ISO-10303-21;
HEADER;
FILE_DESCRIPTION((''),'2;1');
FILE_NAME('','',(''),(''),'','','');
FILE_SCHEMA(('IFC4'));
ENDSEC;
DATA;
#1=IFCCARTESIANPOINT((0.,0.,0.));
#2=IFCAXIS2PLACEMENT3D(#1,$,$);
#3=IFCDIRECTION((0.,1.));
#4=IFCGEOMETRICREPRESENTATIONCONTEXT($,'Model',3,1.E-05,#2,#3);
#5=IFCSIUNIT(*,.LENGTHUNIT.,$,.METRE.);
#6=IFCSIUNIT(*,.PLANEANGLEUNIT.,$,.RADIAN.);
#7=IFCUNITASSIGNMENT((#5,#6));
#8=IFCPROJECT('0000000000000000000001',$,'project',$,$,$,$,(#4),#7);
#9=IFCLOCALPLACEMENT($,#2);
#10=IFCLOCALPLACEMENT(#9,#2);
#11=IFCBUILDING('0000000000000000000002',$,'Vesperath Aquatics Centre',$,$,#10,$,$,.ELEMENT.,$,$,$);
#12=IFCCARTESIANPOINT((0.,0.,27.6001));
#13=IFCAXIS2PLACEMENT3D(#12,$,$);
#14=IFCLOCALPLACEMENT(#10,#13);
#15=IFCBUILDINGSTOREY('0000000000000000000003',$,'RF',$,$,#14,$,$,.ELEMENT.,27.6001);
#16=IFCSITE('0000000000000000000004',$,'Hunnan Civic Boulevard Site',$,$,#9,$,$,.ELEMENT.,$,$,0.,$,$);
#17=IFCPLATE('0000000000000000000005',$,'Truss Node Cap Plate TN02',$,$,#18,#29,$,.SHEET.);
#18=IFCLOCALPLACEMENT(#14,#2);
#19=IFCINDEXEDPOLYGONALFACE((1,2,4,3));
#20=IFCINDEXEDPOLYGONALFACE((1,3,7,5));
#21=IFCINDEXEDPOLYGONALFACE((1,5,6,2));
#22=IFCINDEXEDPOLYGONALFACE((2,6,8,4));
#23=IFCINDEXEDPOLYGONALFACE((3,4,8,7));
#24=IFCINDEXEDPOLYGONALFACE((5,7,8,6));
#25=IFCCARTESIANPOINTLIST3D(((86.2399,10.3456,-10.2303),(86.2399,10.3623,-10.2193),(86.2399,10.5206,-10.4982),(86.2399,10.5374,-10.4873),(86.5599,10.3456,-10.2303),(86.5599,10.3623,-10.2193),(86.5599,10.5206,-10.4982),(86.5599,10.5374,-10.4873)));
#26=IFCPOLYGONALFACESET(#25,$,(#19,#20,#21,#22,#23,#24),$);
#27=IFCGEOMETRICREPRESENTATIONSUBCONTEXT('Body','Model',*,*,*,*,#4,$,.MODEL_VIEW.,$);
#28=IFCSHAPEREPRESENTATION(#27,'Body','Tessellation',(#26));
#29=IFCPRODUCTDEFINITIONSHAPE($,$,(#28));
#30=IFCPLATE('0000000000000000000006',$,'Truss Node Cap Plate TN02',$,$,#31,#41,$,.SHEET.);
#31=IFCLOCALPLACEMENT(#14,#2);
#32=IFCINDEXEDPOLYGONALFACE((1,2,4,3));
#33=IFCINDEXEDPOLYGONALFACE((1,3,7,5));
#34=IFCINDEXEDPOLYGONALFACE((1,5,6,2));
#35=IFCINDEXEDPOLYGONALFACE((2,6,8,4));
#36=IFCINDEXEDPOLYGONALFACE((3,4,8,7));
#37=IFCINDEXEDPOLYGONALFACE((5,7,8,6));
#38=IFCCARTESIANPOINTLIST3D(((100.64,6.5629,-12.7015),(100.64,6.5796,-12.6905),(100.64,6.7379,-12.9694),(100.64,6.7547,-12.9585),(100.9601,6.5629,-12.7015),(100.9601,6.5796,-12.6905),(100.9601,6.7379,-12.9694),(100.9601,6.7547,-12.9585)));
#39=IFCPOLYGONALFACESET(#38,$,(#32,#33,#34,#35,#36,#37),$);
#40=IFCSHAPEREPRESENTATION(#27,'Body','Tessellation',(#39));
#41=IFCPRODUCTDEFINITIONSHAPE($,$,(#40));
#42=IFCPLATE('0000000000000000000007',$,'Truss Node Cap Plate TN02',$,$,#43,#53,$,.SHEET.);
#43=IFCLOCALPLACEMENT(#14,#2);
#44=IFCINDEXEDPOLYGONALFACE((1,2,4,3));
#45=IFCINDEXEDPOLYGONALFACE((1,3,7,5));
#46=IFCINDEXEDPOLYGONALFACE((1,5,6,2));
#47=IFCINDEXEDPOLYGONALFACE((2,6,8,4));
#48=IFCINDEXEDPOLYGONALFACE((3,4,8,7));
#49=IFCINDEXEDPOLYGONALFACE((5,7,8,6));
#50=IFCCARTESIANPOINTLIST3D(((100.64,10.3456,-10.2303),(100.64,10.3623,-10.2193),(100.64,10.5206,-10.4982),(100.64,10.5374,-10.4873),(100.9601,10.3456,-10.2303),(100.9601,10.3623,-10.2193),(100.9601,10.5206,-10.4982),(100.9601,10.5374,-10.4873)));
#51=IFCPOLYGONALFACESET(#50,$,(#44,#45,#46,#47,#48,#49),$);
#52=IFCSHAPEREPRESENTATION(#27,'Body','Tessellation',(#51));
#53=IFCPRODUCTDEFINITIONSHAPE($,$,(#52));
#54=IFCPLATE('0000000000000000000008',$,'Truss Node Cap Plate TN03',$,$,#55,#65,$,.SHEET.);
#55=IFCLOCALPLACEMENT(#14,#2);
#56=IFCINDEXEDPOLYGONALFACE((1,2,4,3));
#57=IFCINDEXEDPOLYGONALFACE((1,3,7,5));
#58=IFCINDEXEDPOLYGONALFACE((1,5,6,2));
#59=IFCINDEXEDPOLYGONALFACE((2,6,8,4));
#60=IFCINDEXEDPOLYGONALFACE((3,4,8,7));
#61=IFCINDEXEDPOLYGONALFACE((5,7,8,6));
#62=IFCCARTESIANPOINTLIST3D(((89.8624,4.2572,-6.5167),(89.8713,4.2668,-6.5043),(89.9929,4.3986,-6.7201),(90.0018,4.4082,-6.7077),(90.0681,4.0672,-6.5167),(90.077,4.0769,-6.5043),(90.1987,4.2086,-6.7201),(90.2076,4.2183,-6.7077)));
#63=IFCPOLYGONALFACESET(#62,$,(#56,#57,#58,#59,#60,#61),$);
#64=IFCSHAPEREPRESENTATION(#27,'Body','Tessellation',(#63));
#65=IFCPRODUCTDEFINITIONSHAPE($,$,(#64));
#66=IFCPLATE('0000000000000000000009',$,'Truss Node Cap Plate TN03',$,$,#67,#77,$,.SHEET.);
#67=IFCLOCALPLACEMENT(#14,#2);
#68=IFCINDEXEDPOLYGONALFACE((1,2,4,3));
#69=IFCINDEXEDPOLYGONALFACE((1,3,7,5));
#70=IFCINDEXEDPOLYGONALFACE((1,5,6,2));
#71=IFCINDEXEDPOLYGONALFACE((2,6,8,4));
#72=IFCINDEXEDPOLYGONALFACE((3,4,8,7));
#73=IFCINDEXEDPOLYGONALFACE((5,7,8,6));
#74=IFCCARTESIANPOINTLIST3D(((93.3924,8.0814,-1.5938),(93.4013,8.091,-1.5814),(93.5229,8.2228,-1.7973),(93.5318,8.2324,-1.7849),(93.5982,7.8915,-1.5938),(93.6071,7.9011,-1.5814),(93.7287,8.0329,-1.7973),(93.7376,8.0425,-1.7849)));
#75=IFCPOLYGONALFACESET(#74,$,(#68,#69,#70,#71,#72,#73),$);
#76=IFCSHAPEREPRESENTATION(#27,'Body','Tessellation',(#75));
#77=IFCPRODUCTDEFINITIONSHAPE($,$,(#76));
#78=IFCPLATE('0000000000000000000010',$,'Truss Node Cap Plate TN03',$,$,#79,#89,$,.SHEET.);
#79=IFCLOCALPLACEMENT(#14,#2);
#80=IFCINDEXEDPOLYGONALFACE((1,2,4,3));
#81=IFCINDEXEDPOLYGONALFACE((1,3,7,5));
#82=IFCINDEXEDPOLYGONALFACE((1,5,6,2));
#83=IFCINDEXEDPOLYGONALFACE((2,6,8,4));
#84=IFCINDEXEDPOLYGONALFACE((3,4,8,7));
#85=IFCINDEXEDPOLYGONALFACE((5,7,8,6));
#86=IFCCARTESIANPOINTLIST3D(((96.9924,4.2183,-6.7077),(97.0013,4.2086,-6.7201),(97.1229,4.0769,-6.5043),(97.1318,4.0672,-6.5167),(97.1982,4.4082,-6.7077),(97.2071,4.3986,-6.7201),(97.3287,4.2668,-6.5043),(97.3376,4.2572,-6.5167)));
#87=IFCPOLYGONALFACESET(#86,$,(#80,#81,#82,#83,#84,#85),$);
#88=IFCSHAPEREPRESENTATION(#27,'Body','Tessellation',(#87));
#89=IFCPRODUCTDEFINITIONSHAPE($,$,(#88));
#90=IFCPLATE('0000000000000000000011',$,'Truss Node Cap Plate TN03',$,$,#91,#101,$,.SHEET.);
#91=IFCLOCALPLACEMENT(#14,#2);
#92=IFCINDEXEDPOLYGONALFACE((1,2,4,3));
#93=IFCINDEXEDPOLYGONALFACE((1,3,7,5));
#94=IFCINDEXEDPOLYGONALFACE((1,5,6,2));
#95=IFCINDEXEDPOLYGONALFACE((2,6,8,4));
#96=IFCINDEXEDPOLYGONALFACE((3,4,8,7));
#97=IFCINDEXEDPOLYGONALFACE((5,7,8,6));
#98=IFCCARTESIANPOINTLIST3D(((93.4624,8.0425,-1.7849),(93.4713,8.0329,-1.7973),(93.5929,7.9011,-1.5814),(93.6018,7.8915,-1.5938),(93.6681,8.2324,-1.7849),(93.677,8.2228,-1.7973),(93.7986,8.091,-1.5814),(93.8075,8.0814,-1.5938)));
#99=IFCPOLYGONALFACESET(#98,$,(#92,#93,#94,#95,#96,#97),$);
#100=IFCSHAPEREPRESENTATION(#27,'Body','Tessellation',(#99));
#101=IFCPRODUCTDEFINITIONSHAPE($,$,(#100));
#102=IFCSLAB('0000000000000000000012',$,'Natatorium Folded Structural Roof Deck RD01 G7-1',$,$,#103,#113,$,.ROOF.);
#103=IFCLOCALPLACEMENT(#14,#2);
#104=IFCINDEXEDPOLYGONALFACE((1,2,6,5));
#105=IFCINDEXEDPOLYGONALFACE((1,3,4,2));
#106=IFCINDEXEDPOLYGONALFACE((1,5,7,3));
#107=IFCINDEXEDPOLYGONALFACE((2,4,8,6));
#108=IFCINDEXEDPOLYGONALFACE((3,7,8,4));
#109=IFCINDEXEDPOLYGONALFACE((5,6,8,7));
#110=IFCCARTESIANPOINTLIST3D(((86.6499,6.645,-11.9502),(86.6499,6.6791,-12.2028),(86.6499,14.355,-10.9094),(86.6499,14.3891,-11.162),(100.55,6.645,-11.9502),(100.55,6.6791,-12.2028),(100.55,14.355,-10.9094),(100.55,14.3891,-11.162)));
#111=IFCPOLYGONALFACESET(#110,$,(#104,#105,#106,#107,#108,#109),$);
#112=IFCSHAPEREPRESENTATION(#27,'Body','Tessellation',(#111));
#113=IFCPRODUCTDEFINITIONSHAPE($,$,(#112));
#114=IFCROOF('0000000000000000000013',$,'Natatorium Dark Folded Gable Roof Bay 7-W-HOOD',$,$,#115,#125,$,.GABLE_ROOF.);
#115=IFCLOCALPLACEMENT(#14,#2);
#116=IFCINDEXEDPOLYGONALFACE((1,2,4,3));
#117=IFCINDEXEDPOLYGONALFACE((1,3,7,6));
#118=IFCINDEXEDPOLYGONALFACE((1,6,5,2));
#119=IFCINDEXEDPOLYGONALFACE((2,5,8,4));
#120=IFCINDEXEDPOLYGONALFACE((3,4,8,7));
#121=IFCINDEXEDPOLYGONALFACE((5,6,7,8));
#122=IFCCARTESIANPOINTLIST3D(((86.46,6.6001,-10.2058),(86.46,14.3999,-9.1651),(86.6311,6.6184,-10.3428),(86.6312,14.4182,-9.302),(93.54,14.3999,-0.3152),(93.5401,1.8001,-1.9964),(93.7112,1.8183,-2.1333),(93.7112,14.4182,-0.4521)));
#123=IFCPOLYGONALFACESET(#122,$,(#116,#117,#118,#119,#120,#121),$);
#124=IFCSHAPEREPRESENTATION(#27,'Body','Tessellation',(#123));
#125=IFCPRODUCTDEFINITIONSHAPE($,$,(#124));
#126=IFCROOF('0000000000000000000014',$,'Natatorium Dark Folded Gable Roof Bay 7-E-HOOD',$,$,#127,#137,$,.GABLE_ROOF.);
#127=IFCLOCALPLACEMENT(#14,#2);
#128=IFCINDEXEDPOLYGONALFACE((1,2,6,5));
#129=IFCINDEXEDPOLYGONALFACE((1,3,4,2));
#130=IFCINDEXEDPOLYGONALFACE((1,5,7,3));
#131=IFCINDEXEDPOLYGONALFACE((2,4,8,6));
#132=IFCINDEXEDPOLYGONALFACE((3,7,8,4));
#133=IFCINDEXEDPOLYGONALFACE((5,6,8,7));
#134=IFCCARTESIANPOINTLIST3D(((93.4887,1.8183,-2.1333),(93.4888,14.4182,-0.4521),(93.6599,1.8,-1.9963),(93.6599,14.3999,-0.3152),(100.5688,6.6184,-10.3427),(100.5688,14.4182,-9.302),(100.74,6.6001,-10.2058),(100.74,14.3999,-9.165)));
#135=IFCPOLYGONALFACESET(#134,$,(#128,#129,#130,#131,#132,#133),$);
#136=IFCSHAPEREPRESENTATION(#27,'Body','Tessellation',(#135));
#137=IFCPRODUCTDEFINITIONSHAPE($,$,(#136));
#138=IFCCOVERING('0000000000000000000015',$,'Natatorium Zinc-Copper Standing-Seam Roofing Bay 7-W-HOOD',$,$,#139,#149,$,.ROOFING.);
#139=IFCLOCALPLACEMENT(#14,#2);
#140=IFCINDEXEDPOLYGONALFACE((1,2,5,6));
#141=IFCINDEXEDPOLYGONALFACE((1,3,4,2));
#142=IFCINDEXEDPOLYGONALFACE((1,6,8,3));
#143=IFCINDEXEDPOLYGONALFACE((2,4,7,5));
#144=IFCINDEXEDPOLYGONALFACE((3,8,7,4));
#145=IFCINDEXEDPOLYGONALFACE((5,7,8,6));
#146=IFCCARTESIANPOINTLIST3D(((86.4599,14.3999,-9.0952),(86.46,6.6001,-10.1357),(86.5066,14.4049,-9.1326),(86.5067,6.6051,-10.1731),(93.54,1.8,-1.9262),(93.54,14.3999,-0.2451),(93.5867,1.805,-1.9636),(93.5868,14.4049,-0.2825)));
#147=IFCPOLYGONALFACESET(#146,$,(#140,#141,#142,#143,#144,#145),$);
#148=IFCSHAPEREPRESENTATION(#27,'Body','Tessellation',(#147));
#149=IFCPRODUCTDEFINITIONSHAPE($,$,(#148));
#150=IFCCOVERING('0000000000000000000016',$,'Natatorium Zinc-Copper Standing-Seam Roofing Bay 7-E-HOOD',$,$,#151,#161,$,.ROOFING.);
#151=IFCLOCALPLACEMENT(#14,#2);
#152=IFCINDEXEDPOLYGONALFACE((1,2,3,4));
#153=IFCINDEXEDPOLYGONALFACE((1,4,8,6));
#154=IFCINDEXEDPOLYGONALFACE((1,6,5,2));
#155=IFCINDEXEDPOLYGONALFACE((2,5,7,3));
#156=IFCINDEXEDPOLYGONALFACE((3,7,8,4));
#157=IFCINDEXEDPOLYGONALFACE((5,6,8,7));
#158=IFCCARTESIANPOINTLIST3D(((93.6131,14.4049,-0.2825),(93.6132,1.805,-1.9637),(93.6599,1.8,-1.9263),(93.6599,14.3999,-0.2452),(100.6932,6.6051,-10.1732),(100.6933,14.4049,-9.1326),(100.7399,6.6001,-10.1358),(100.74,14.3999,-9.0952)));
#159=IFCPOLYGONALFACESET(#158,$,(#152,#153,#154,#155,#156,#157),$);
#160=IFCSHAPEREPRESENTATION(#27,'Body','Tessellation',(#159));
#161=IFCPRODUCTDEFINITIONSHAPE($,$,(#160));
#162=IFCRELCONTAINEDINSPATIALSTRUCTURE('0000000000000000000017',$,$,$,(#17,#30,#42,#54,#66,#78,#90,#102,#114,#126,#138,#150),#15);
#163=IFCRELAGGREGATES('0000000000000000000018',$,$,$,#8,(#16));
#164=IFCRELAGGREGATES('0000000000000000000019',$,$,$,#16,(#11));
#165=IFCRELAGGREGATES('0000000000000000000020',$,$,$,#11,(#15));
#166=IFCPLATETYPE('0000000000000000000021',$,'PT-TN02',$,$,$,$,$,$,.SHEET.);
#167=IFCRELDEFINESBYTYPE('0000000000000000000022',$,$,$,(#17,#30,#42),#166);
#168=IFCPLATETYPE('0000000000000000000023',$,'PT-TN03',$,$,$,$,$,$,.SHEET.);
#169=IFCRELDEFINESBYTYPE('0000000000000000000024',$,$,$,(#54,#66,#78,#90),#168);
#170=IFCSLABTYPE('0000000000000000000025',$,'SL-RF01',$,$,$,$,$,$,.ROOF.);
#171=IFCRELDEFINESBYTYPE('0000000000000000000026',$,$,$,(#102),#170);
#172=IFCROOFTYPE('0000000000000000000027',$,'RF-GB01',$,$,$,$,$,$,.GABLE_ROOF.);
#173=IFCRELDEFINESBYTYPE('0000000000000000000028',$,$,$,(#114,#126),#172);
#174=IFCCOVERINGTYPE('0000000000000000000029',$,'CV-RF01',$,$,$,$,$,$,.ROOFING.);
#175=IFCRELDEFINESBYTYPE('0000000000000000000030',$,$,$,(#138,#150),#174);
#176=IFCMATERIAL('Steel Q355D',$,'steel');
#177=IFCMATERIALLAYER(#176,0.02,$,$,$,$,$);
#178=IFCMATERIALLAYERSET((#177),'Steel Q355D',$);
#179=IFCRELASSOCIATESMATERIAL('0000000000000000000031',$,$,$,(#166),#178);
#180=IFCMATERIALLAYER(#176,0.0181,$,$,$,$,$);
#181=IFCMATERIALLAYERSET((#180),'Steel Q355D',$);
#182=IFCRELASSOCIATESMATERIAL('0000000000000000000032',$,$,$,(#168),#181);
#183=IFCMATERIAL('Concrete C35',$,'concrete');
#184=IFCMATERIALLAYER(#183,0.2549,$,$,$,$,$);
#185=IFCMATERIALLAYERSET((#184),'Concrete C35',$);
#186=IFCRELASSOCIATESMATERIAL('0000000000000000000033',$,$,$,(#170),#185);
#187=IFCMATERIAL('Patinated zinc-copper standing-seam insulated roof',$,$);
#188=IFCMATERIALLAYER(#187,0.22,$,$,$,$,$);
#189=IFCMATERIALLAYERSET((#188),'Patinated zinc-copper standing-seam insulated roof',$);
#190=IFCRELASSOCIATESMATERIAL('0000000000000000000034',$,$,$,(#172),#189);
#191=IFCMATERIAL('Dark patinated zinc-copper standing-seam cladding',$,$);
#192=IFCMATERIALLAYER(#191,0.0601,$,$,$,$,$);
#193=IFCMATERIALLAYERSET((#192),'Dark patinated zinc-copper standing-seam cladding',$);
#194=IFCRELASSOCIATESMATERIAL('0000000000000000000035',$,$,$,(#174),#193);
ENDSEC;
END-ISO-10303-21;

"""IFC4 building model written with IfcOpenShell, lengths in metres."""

from ifc_helpers import new_model, si_unit, direction, frame, origin, origin_2d, place, context, subcontext, project, spatial, polyline, rectangle, outline, extrude, material, layer, layer_set, type_object, element, save


model = new_model("IFC4")

# Units and contexts
model_context = context("Model", 3, precision=1e-05, world=origin(), true_north=direction((0.0, 1.0)))
body_context = subcontext(model_context, "Body", "Model", "MODEL_VIEW")
ifc_project = project(units=[si_unit("LENGTHUNIT", "METRE"), si_unit("PLANEANGLEUNIT", "RADIAN")], contexts=[model_context])

# Site, building, storey
site_placement = place(None, origin())
site = spatial("IfcSite", under=ifc_project, at=site_placement, Name="Hunnan Civic Boulevard Site", CompositionType="ELEMENT", RefElevation=0.0)
building_placement = place(site_placement, origin())
building = spatial("IfcBuilding", under=site, at=building_placement, Name="Vesperath Aquatics Centre", CompositionType="ELEMENT")
storey_placement = place(building_placement, frame((0.0, 0.0, 27.6001)))
storey = spatial("IfcBuildingStorey", under=building, at=storey_placement, Name="RF", CompositionType="ELEMENT", Elevation=27.6001)

# Shared definitions
ifc_material_1 = material(Name="Steel Q355D", Category="steel")

# Plates
ifc_layer_1 = layer(ifc_material_1, 0.02)
ifc_layer_set_1 = layer_set([ifc_layer_1], Name="Steel Q355D")
plate_type_1 = type_object("IfcPlateType", Name="PT-TN02", PredefinedType="SHEET", material=ifc_layer_set_1)
for number, where, z_axis, x_axis, name in (
    (1, (86.3999, 10.4331, -10.3643), (0.0, 0.837176, 0.546934), (-1.0, 0.0, 0.0), "Truss Node Cap Plate TN02"),
    (2, (100.8, 6.6504, -12.8354), (0.0, 0.837176, 0.546934), (-1.0, 0.0, 0.0), "Truss Node Cap Plate TN02"),
    (3, (100.8, 10.4331, -10.3643), (0.0, 0.837176, 0.546934), (-1.0, 0.0, 0.0), "Truss Node Cap Plate TN02"),
):
    element("IfcPlate", number, at=place(storey_placement, frame(where, z_axis=z_axis, x_axis=x_axis)), inside=storey, type_object=plate_type_1, Name=name, PredefinedType="SHEET", context=body_context, shape_type="SweptSolid", body=[
        extrude(rectangle(XDim=0.3201, YDim=0.3201, at=origin_2d()), origin(), (0.0, 0.0, 1.0), 0.02),
    ])
ifc_layer_2 = layer(ifc_material_1, 0.0181)
ifc_layer_set_2 = layer_set([ifc_layer_2], Name="Steel Q355D")
plate_type_2 = type_object("IfcPlateType", Name="PT-TN03", PredefinedType="SHEET", material=ifc_layer_set_2)
for number, where, z_axis, x_axis, name in (
    (4, (90.0305, 4.2329, -6.6184), (0.492765, 0.533829, 0.687175), (-0.734803, 0.67828, 0.0), "Truss Node Cap Plate TN03"),
    (5, (93.5605, 8.0571, -1.6956), (0.492765, 0.533829, 0.687175), (-0.734803, 0.67828, 0.0), "Truss Node Cap Plate TN03"),
    (6, (97.1694, 4.2329, -6.6184), (-0.492765, 0.533829, 0.687175), (-0.734803, -0.67828, 0.0), "Truss Node Cap Plate TN03"),
    (7, (93.6394, 8.0571, -1.6956), (-0.492765, 0.533829, 0.687175), (-0.734803, -0.67828, 0.0), "Truss Node Cap Plate TN03"),
):
    element("IfcPlate", number, at=place(storey_placement, frame(where, z_axis=z_axis, x_axis=x_axis)), inside=storey, type_object=plate_type_2, Name=name, PredefinedType="SHEET", context=body_context, shape_type="SweptSolid", body=[
        extrude(rectangle(XDim=0.28, YDim=0.28, at=origin_2d()), origin(), (0.0, 0.0, 1.0), 0.0181),
    ])

# Slab
ifc_material_2 = material(Name="Concrete C35", Category="concrete")
ifc_layer_3 = layer(ifc_material_2, 0.2549)
ifc_layer_set_3 = layer_set([ifc_layer_3], Name="Concrete C35")
slab_type = type_object("IfcSlabType", Name="SL-RF01", PredefinedType="ROOF", material=ifc_layer_set_3)
slab_placement = place(storey_placement, frame((86.6499, 6.645, -11.9502), z_axis=(0.0, -0.133777, 0.991011), x_axis=(1.0, 0.0, 0.0)))
element("IfcSlab", 8, at=slab_placement, inside=storey, type_object=slab_type, Name="Natatorium Folded Structural Roof Deck RD01 G7-1", PredefinedType="ROOF", context=body_context, shape_type="SweptSolid", body=[
    extrude(outline(polyline([(0.0, 0.0), (13.9001, 0.0), (13.9001, 7.7799), (0.0, 7.7799), (0.0, 0.0)])), origin(), (0.0, 0.0, -1.0), 0.2549),
])

# Roofs
ifc_material_3 = material(Name="Patinated zinc-copper standing-seam insulated roof")
ifc_layer_4 = layer(ifc_material_3, 0.22)
ifc_layer_set_4 = layer_set([ifc_layer_4], Name="Patinated zinc-copper standing-seam insulated roof")
roof_type = type_object("IfcRoofType", Name="RF-GB01", PredefinedType="GABLE_ROOF", material=ifc_layer_set_4)
roof_1_placement = place(storey_placement, frame((86.46, 6.6001, -10.2058), z_axis=(-0.778163, -0.083066, 0.622545), x_axis=(0.597177, -0.404864, 0.692434)))
element("IfcRoof", 9, at=roof_1_placement, inside=storey, type_object=roof_type, Name="Natatorium Dark Folded Gable Roof Bay 7-W-HOOD", PredefinedType="GABLE_ROOF", context=body_context, shape_type="SweptSolid", body=[
    extrude(outline(polyline([(0.0, 0.0), (11.8559, 0.0), (7.9188, 12.0864), (-2.4372, 7.482), (0.0, 0.0)])), origin(), (0.0, 0.0, -1.0), 0.22),
])
roof_2_placement = place(storey_placement, frame((93.6599, 1.8, -1.9963), z_axis=(0.778163, -0.083066, 0.622545), x_axis=(0.597177, 0.404864, -0.692434)))
element("IfcRoof", 10, at=roof_2_placement, inside=storey, type_object=roof_type, Name="Natatorium Dark Folded Gable Roof Bay 7-E-HOOD", PredefinedType="GABLE_ROOF", context=body_context, shape_type="SweptSolid", body=[
    extrude(outline(polyline([(0.0, 0.0), (11.8559, 0.0), (14.2931, 7.482), (3.9371, 12.0864), (0.0, 0.0)])), origin(), (0.0, 0.0, -1.0), 0.22),
])

# Coverings
ifc_material_4 = material(Name="Dark patinated zinc-copper standing-seam cladding")
ifc_layer_5 = layer(ifc_material_4, 0.0601)
ifc_layer_set_5 = layer_set([ifc_layer_5], Name="Dark patinated zinc-copper standing-seam cladding")
covering_type = type_object("IfcCoveringType", Name="CV-RF01", PredefinedType="ROOFING", material=ifc_layer_set_5)
covering_1_placement = place(storey_placement, frame((86.46, 6.6001, -10.1357), z_axis=(-0.778167, -0.083058, 0.622541), x_axis=(0.597171, -0.404865, 0.692439)))
element("IfcCovering", 11, at=covering_1_placement, inside=storey, type_object=covering_type, Name="Natatorium Zinc-Copper Standing-Seam Roofing Bay 7-W-HOOD", PredefinedType="ROOFING", context=body_context, shape_type="SweptSolid", body=[
    extrude(outline(polyline([(0.0, 0.0), (11.8559, 0.0), (7.9188, 12.0864), (-2.4374, 7.4819), (0.0, 0.0)])), origin(), (0.0, 0.0, -1.0), 0.0601),
])
covering_2_placement = place(storey_placement, frame((93.6599, 1.8, -1.9263), z_axis=(0.778167, -0.083058, 0.622541), x_axis=(0.597171, 0.404865, -0.692439)))
element("IfcCovering", 12, at=covering_2_placement, inside=storey, type_object=covering_type, Name="Natatorium Zinc-Copper Standing-Seam Roofing Bay 7-E-HOOD", PredefinedType="ROOFING", context=body_context, shape_type="SweptSolid", body=[
    extrude(outline(polyline([(0.0, 0.0), (11.8559, 0.0), (14.2933, 7.4819), (3.9371, 12.0864), (0.0, 0.0)])), origin(), (0.0, 0.0, -1.0), 0.0601),
])

save(model, "model.ifc")
